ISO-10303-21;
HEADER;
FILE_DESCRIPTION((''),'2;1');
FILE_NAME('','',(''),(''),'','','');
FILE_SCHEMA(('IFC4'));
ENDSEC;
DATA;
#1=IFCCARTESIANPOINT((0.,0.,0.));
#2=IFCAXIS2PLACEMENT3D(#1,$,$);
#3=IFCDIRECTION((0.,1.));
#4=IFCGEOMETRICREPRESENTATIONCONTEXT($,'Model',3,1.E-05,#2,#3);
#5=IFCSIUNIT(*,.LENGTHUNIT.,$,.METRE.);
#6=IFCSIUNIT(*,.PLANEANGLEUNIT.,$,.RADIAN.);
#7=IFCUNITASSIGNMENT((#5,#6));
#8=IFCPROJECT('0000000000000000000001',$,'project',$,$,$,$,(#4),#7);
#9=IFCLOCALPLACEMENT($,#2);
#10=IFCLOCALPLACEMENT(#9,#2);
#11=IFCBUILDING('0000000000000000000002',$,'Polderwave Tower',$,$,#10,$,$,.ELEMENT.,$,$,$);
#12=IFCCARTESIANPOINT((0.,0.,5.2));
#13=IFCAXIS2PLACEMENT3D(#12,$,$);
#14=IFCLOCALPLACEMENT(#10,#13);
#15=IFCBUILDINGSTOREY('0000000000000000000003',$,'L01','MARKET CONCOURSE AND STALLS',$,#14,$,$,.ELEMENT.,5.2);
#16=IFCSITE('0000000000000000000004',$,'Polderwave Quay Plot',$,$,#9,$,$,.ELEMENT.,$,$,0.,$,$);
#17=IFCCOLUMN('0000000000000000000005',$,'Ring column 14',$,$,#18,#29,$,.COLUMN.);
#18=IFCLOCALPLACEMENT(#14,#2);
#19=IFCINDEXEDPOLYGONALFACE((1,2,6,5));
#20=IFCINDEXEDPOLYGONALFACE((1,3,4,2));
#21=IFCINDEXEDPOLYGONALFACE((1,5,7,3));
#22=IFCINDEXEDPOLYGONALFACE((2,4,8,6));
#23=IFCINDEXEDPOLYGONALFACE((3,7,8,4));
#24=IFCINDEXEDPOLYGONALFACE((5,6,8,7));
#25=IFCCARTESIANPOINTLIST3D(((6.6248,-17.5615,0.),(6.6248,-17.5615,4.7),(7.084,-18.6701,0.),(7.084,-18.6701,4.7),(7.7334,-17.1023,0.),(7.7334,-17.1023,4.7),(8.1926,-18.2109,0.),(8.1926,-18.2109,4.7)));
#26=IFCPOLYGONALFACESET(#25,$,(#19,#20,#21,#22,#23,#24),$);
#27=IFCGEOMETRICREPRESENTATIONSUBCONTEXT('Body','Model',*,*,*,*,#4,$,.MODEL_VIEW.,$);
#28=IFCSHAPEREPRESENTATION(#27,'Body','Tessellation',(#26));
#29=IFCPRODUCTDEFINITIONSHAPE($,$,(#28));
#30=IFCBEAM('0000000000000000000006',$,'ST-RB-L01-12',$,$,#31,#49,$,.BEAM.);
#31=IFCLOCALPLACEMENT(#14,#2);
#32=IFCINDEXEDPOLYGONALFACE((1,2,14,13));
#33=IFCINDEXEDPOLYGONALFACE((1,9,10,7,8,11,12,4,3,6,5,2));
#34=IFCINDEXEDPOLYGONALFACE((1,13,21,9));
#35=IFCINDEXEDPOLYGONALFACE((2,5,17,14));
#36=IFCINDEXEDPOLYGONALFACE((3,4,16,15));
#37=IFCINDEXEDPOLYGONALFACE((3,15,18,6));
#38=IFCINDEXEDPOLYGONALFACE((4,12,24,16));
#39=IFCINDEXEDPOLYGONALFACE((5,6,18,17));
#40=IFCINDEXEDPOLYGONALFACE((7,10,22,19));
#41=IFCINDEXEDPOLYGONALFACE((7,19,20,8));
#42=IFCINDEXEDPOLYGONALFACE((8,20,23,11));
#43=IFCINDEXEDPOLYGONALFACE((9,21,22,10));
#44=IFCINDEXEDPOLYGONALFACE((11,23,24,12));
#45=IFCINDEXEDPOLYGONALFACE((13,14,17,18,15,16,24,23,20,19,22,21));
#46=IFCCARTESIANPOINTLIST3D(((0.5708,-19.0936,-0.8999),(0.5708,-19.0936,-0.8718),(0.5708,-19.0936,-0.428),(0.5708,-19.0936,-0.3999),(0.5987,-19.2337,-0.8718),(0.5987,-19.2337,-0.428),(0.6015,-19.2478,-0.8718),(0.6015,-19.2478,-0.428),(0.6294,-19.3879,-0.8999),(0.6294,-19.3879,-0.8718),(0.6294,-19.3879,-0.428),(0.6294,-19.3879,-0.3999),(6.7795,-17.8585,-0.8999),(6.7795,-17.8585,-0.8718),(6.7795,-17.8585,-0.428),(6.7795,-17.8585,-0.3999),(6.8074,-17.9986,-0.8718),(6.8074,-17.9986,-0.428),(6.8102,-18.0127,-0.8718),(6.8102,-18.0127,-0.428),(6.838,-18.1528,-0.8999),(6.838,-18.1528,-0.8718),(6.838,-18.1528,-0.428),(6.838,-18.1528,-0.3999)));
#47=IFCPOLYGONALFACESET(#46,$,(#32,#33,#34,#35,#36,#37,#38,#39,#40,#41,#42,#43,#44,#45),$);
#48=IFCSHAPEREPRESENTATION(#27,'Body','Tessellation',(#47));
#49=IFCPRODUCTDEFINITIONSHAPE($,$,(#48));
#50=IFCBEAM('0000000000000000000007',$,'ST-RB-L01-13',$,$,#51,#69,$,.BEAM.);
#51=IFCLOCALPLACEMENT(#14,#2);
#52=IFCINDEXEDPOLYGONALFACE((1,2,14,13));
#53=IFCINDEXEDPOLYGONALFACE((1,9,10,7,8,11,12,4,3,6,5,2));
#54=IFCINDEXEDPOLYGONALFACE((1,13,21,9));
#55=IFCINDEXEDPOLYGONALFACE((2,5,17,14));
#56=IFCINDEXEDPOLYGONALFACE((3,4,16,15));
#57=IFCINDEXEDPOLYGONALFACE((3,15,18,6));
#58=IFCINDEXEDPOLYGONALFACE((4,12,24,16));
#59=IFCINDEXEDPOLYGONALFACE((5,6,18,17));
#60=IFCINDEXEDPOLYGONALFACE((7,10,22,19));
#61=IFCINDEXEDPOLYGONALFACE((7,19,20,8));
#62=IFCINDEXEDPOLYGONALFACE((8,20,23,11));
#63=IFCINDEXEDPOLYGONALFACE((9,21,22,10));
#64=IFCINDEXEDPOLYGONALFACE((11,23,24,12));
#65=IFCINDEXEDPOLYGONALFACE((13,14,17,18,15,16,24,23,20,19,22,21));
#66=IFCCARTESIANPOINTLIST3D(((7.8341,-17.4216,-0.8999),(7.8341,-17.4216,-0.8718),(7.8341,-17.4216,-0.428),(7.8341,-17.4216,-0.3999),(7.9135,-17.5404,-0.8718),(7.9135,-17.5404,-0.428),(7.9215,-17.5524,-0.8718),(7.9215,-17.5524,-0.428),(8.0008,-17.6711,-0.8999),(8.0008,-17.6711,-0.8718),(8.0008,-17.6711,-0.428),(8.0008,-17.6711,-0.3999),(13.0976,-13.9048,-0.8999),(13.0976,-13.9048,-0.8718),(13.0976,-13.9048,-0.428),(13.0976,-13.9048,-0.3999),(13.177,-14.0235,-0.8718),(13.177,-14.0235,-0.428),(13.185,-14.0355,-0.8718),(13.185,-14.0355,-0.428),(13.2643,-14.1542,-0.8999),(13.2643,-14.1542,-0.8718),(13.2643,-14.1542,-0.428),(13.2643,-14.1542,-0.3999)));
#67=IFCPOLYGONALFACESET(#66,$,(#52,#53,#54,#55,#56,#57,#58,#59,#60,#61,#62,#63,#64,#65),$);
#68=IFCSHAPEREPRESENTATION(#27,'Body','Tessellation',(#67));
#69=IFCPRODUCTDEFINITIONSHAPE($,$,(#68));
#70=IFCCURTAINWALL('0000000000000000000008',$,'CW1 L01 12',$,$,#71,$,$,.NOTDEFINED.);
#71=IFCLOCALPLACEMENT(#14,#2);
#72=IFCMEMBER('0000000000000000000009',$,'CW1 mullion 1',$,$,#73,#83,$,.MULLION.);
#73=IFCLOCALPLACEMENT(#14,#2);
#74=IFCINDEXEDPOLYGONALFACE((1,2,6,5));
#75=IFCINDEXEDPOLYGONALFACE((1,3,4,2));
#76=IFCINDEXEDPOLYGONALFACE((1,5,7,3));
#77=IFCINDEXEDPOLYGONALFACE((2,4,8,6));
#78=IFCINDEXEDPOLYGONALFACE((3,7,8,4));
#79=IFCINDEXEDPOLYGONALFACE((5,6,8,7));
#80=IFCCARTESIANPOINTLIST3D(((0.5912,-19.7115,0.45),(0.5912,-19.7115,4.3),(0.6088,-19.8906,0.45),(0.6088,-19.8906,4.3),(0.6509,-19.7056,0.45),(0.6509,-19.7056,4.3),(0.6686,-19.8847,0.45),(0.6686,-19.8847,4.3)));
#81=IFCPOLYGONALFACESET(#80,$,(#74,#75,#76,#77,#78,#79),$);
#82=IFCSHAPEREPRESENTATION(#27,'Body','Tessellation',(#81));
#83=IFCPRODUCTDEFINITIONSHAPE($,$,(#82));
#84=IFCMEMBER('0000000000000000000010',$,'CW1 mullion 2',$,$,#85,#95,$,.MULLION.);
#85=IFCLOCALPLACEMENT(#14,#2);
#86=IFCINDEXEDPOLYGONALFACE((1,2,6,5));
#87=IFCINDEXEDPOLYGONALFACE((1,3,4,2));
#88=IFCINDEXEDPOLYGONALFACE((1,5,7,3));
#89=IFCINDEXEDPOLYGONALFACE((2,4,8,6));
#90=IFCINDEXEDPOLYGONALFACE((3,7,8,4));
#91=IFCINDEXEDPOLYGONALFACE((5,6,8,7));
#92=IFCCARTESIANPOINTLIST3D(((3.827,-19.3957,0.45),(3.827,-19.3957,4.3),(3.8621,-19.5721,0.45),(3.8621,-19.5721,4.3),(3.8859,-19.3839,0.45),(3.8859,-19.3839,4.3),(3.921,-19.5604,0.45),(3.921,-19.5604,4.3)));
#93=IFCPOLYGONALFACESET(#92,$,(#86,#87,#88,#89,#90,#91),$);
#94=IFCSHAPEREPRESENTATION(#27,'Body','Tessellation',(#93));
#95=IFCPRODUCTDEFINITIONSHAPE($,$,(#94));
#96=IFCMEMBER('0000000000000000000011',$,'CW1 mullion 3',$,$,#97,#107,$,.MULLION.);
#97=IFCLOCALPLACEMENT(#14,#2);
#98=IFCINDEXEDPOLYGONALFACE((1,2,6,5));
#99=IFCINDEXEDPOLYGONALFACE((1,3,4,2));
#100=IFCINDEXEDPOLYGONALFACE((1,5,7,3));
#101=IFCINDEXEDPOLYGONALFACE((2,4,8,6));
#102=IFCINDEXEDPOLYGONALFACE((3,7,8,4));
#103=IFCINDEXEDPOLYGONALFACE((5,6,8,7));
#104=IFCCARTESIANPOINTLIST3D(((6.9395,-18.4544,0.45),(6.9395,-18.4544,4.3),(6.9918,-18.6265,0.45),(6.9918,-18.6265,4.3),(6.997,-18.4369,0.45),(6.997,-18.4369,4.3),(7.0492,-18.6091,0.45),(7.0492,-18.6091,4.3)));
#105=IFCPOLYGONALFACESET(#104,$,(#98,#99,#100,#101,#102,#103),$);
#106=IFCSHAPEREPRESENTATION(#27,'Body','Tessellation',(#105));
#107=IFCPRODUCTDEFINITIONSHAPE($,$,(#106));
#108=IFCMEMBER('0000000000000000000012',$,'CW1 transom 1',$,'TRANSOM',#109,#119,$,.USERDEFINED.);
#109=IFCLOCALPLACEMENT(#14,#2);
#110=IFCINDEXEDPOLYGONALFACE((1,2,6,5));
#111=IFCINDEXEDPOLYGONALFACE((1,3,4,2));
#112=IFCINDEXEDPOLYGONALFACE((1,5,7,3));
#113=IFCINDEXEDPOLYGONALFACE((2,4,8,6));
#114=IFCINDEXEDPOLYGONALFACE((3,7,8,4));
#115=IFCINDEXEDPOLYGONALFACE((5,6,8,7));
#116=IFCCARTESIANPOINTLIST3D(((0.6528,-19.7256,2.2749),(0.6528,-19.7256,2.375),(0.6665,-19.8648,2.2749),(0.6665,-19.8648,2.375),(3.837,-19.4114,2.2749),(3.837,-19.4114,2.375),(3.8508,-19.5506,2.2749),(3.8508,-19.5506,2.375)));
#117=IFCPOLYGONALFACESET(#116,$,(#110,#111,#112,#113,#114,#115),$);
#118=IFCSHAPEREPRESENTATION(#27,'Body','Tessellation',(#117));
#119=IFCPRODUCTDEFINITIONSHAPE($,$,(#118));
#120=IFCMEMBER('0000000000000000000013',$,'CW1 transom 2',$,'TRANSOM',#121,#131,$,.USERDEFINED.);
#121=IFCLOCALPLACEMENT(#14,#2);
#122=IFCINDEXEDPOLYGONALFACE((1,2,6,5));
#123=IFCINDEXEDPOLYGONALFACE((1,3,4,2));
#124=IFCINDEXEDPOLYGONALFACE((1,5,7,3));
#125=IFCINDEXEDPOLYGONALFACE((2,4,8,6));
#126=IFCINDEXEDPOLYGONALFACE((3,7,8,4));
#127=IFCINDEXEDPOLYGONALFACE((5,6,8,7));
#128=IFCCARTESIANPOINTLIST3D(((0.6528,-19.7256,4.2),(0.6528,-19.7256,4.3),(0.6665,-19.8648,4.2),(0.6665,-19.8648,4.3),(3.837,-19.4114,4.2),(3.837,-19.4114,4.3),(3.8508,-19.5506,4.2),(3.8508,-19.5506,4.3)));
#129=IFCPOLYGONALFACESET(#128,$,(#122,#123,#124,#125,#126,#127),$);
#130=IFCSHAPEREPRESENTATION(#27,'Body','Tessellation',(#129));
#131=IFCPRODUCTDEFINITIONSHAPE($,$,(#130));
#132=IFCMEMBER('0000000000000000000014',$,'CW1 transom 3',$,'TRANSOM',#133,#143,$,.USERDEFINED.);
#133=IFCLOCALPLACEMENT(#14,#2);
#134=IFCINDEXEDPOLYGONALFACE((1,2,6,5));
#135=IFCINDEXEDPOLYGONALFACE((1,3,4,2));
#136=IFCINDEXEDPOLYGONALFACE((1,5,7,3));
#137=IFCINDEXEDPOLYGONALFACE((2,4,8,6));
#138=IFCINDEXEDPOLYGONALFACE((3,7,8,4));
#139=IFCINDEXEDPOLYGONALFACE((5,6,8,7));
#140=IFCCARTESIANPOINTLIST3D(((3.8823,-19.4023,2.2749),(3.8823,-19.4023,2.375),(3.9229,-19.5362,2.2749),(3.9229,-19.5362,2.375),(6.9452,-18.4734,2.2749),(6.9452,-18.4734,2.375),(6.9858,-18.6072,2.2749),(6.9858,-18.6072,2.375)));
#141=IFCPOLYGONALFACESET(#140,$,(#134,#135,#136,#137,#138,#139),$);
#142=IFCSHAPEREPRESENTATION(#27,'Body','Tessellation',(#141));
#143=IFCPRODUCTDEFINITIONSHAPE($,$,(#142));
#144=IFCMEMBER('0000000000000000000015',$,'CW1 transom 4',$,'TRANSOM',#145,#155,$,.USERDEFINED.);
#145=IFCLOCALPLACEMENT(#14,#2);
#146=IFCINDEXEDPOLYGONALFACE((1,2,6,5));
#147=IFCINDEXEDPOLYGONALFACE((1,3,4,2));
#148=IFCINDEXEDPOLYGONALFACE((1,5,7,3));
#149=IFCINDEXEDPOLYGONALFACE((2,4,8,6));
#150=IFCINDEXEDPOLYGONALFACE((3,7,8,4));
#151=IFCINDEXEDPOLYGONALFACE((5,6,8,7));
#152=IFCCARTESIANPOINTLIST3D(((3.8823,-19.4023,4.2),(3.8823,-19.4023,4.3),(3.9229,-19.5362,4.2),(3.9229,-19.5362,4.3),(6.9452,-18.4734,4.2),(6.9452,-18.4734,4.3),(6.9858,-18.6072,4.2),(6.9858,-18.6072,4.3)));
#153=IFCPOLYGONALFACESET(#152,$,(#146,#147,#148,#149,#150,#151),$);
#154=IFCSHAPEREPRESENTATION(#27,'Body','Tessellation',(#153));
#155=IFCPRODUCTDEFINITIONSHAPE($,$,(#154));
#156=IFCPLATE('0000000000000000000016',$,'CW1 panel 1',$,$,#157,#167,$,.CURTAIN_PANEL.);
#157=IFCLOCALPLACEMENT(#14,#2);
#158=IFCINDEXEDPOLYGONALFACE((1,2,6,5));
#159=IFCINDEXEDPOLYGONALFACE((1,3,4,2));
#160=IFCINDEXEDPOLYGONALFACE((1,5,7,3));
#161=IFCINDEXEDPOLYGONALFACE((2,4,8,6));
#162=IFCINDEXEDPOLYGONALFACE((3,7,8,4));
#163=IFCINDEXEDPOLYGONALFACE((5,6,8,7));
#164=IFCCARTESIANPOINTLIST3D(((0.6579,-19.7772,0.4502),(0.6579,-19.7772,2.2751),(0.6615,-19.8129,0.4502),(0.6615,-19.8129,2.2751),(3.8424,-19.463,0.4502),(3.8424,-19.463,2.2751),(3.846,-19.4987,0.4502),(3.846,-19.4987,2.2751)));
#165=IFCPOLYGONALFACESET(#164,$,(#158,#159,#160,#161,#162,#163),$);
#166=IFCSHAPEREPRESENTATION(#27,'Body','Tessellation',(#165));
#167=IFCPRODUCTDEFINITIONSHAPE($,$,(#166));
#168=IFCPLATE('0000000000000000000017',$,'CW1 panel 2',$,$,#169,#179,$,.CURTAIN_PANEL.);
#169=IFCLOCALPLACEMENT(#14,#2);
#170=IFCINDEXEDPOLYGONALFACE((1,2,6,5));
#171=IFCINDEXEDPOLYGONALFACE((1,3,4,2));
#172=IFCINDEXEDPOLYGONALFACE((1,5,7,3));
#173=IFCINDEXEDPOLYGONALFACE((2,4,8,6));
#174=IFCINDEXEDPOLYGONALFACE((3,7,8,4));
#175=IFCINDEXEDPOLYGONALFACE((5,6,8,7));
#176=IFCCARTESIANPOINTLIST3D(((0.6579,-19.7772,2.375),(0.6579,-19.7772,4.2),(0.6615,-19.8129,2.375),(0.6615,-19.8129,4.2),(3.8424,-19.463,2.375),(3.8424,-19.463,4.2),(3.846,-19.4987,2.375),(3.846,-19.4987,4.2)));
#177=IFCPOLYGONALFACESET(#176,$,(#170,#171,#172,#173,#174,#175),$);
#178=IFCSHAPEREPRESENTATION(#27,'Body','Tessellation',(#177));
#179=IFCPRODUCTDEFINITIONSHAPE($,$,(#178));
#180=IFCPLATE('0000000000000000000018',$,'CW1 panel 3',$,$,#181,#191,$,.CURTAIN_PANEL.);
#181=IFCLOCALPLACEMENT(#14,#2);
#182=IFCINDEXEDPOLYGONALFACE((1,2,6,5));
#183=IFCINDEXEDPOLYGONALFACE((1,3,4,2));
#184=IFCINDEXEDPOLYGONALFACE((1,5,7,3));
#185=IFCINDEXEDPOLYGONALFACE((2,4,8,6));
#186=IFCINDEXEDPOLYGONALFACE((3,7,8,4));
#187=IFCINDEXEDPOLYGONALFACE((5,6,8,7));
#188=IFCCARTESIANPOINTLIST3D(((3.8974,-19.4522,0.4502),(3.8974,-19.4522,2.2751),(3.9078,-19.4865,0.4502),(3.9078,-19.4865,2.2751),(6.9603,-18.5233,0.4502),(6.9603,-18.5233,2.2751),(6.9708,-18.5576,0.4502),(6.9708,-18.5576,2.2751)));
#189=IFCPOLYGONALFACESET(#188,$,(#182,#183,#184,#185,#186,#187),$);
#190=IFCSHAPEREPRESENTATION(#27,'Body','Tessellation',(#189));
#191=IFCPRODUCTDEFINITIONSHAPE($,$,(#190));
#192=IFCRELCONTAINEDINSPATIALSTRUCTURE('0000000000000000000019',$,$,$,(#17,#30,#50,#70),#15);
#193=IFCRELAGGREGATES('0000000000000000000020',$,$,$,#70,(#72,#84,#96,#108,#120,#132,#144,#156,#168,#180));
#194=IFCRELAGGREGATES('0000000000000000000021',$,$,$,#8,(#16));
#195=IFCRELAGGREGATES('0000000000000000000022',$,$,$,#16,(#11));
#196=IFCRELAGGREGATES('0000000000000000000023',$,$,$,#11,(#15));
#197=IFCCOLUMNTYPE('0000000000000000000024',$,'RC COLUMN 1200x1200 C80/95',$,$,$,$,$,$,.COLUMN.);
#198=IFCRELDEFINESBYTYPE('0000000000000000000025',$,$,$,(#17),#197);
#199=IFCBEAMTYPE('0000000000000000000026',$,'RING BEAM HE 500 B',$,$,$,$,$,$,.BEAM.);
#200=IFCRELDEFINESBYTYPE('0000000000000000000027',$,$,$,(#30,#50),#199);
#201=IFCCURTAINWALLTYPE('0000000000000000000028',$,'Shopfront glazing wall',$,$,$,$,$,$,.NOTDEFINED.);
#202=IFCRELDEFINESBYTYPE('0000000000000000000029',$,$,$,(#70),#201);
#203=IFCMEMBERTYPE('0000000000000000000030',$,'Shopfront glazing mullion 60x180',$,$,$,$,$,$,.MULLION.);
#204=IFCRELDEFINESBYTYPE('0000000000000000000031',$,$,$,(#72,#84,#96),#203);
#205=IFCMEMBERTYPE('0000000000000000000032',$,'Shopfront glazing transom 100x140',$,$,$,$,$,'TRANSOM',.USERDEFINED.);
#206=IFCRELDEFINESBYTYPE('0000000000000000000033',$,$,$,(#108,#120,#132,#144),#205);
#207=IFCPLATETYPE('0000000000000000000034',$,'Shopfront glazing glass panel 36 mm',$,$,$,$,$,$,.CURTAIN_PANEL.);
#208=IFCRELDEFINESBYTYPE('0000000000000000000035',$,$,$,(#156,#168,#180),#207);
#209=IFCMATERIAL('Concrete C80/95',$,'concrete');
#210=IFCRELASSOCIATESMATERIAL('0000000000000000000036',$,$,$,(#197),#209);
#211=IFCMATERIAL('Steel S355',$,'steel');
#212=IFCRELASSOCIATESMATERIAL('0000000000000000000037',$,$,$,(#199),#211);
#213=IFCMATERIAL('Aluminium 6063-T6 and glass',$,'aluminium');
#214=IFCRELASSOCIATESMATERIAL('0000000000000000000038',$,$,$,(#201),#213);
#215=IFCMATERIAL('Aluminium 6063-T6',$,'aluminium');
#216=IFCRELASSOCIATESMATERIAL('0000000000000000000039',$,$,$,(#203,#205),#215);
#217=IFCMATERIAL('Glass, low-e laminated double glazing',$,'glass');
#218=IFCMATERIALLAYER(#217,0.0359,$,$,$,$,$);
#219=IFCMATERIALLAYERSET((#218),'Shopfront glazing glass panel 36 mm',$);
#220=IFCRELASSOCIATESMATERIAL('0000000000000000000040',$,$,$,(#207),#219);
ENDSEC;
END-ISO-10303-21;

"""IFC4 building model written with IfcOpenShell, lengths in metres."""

from ifc_helpers import new_model, si_unit, direction, frame, origin, origin_2d, place, context, subcontext, project, spatial, rectangle, i_section, extrude, material, layer, layer_set, material_profile, profile_set, type_object, element, aggregate, save


model = new_model("IFC4")

# Units and contexts
model_context = context("Model", 3, precision=1e-05, world=origin(), true_north=direction((0.0, 1.0)))
body_context = subcontext(model_context, "Body", "Model", "MODEL_VIEW")
ifc_project = project(units=[si_unit("LENGTHUNIT", "METRE"), si_unit("PLANEANGLEUNIT", "RADIAN")], contexts=[model_context])

# Site, building, storey
site_placement = place(None, origin())
site = spatial("IfcSite", under=ifc_project, at=site_placement, Name="Polderwave Quay Plot", CompositionType="ELEMENT", RefElevation=0.0)
building_placement = place(site_placement, origin())
building = spatial("IfcBuilding", under=site, at=building_placement, Name="Polderwave Tower", CompositionType="ELEMENT")
storey_placement = place(building_placement, frame((0.0, 0.0, 5.2)))
storey = spatial("IfcBuildingStorey", under=building, at=storey_placement, Name="L01", Description="MARKET CONCOURSE AND STALLS", CompositionType="ELEMENT", Elevation=5.2)

# Column
ifc_material_1 = material(Name="Concrete C80/95", Category="concrete")
ifc_material_profile_1 = material_profile(ifc_material_1, rectangle(XDim=1.2, YDim=1.2, at=origin_2d()), Name="RC 1200x1200")
ifc_profile_set_1 = profile_set([ifc_material_profile_1], Name="Concrete C80/95")
column_type = type_object("IfcColumnType", Name="RC COLUMN 1200x1200 C80/95", PredefinedType="COLUMN", material=ifc_profile_set_1)
column_placement = place(storey_placement, frame((7.4087, -17.8862, 0.0), z_axis=(0.0, 0.0, 1.0), x_axis=(0.382683, -0.92388, 0.0)))
element("IfcColumn", 1, at=column_placement, inside=storey, type_object=column_type, Name="Ring column 14", PredefinedType="COLUMN", context=body_context, shape_type="SweptSolid", body=[
    extrude(rectangle(XDim=1.2, YDim=1.2, at=origin_2d()), origin(), (0.0, 0.0, 1.0), 4.7),
])

# Beams
ifc_material_2 = material(Name="Steel S355", Category="steel")
ifc_material_profile_2 = material_profile(ifc_material_2, i_section(OverallWidth=0.3, OverallDepth=0.5, WebThickness=0.0144, FlangeThickness=0.0281, at=origin_2d()), Name="HE 500 B")
ifc_profile_set_2 = profile_set([ifc_material_profile_2], Name="Steel S355")
beam_type = type_object("IfcBeamType", Name="RING BEAM HE 500 B", PredefinedType="BEAM", material=ifc_profile_set_2)
for number, where, z_axis, x_axis, name in (
    (2, (0.6001, -19.2407, -0.6499), (0.980782, 0.195107, 0.0), (-0.195107, 0.980782, 0.0), "ST-RB-L01-12"),
    (3, (7.9175, -17.5464, -0.6499), (0.831474, 0.555563, 0.0), (-0.555563, 0.831474, 0.0), "ST-RB-L01-13"),
):
    element("IfcBeam", number, at=place(storey_placement, frame(where, z_axis=z_axis, x_axis=x_axis)), inside=storey, type_object=beam_type, Name=name, PredefinedType="BEAM", context=body_context, shape_type="SweptSolid", body=[
        extrude(i_section(OverallWidth=0.3, OverallDepth=0.5, WebThickness=0.0144, FlangeThickness=0.0281, at=origin_2d()), origin(), (0.0, 0.0, 1.0), 6.3303),
    ])

# Curtain wall, members, plates
ifc_material_3 = material(Name="Aluminium 6063-T6 and glass", Category="aluminium")
curtain_wall_type = type_object("IfcCurtainWallType", Name="Shopfront glazing wall", PredefinedType="NOTDEFINED", material=ifc_material_3)
curtain_wall_placement = place(storey_placement, origin())
curtain_wall = element("IfcCurtainWall", 4, at=curtain_wall_placement, inside=storey, type_object=curtain_wall_type, Name="CW1 L01 12", PredefinedType="NOTDEFINED")
ifc_material_4 = material(Name="Aluminium 6063-T6", Category="aluminium")
ifc_material_profile_3 = material_profile(ifc_material_4, rectangle(XDim=0.1799, YDim=0.0601, at=origin_2d()), Name="AL 60x180")
ifc_profile_set_3 = profile_set([ifc_material_profile_3], Name="Aluminium 6063-T6")
member_type_1 = type_object("IfcMemberType", Name="Shopfront glazing mullion 60x180", PredefinedType="MULLION", material=ifc_profile_set_3)
member_1_placement = place(storey_placement, frame((0.6299, -19.7981, 0.45), z_axis=(0.0, 0.0, 1.0), x_axis=(-0.098179, 0.995169, 0.0)))
member_1 = element("IfcMember", 5, at=member_1_placement, type_object=member_type_1, Name="CW1 mullion 1", PredefinedType="MULLION", context=body_context, shape_type="SweptSolid", body=[
    extrude(rectangle(XDim=0.1799, YDim=0.0601, at=origin_2d()), origin(), (0.0, 0.0, 1.0), 3.8501),
])
member_2_placement = place(storey_placement, frame((3.874, -19.478, 0.45), z_axis=(0.0, 0.0, 1.0), x_axis=(-0.195137, 0.980776, 0.0)))
member_2 = element("IfcMember", 6, at=member_2_placement, type_object=member_type_1, Name="CW1 mullion 2", PredefinedType="MULLION", context=body_context, shape_type="SweptSolid", body=[
    extrude(rectangle(XDim=0.1799, YDim=0.0601, at=origin_2d()), origin(), (0.0, 0.0, 1.0), 3.8501),
])
member_3_placement = place(storey_placement, frame((6.9944, -18.5317, 0.45), z_axis=(0.0, 0.0, 1.0), x_axis=(-0.290218, 0.956961, 0.0)))
member_3 = element("IfcMember", 7, at=member_3_placement, type_object=member_type_1, Name="CW1 mullion 3", PredefinedType="MULLION", context=body_context, shape_type="SweptSolid", body=[
    extrude(rectangle(XDim=0.1799, YDim=0.0601, at=origin_2d()), origin(), (0.0, 0.0, 1.0), 3.8501),
])
ifc_material_profile_4 = material_profile(ifc_material_4, rectangle(XDim=0.1399, YDim=0.1001, at=origin_2d()), Name="AL 100x140")
ifc_profile_set_4 = profile_set([ifc_material_profile_4], Name="Aluminium 6063-T6")
member_type_2 = type_object("IfcMemberType", Name="Shopfront glazing transom 100x140", ElementType="TRANSOM", PredefinedType="USERDEFINED", material=ifc_profile_set_4)
member_4_placement = place(storey_placement, frame((0.6597, -19.7952, 2.325), z_axis=(0.995167, 0.098197, 0.0), x_axis=(-0.098197, 0.995167, 0.0)))
member_4 = element("IfcMember", 8, at=member_4_placement, type_object=member_type_2, Name="CW1 transom 1", ObjectType="TRANSOM", PredefinedType="USERDEFINED", context=body_context, shape_type="SweptSolid", body=[
    extrude(rectangle(XDim=0.1399, YDim=0.1001, at=origin_2d()), origin(), (0.0, 0.0, 1.0), 3.1997),
])
member_5_placement = place(storey_placement, frame((0.6597, -19.7952, 4.25), z_axis=(0.995167, 0.098197, 0.0), x_axis=(-0.098197, 0.995167, 0.0)))
member_5 = element("IfcMember", 9, at=member_5_placement, type_object=member_type_2, Name="CW1 transom 2", ObjectType="TRANSOM", PredefinedType="USERDEFINED", context=body_context, shape_type="SweptSolid", body=[
    extrude(rectangle(XDim=0.1399, YDim=0.1001, at=origin_2d()), origin(), (0.0, 0.0, 1.0), 3.1997),
])
member_6_placement = place(storey_placement, frame((3.9026, -19.4692, 2.325), z_axis=(0.956957, 0.29023, 0.0), x_axis=(-0.29023, 0.956957, 0.0)))
member_6 = element("IfcMember", 10, at=member_6_placement, type_object=member_type_2, Name="CW1 transom 3", ObjectType="TRANSOM", PredefinedType="USERDEFINED", context=body_context, shape_type="SweptSolid", body=[
    extrude(rectangle(XDim=0.1399, YDim=0.1001, at=origin_2d()), origin(), (0.0, 0.0, 1.0), 3.2007),
])
member_7_placement = place(storey_placement, frame((3.9026, -19.4692, 4.25), z_axis=(0.956957, 0.29023, 0.0), x_axis=(-0.29023, 0.956957, 0.0)))
member_7 = element("IfcMember", 11, at=member_7_placement, type_object=member_type_2, Name="CW1 transom 4", ObjectType="TRANSOM", PredefinedType="USERDEFINED", context=body_context, shape_type="SweptSolid", body=[
    extrude(rectangle(XDim=0.1399, YDim=0.1001, at=origin_2d()), origin(), (0.0, 0.0, 1.0), 3.2007),
])
ifc_material_5 = material(Name="Glass, low-e laminated double glazing", Category="glass")
ifc_layer_1 = layer(ifc_material_5, 0.0359)
ifc_layer_set_1 = layer_set([ifc_layer_1], Name="Shopfront glazing glass panel 36 mm")
plate_type = type_object("IfcPlateType", Name="Shopfront glazing glass panel 36 mm", PredefinedType="CURTAIN_PANEL", material=ifc_layer_set_1)
plate_1_placement = place(storey_placement, frame((2.252, -19.6379, 0.4502), z_axis=(0.0, 0.0, 1.0), x_axis=(0.995169, 0.098179, 0.0)))
plate_1 = element("IfcPlate", 12, at=plate_1_placement, type_object=plate_type, Name="CW1 panel 1", PredefinedType="CURTAIN_PANEL", context=body_context, shape_type="SweptSolid", body=[
    extrude(rectangle(XDim=3.2, YDim=0.0359, at=origin_2d()), origin(), (0.0, 0.0, 1.0), 1.825),
])
plate_2_placement = place(storey_placement, frame((2.252, -19.6379, 2.375), z_axis=(0.0, 0.0, 1.0), x_axis=(0.995169, 0.098179, 0.0)))
plate_2 = element("IfcPlate", 13, at=plate_2_placement, type_object=plate_type, Name="CW1 panel 2", PredefinedType="CURTAIN_PANEL", context=body_context, shape_type="SweptSolid", body=[
    extrude(rectangle(XDim=3.2, YDim=0.0359, at=origin_2d()), origin(), (0.0, 0.0, 1.0), 1.825),
])
plate_3_placement = place(storey_placement, frame((5.4341, -19.0049, 0.4502), z_axis=(0.0, 0.0, 1.0), x_axis=(0.956961, 0.290218, 0.0)))
plate_3 = element("IfcPlate", 14, at=plate_3_placement, type_object=plate_type, Name="CW1 panel 3", PredefinedType="CURTAIN_PANEL", context=body_context, shape_type="SweptSolid", body=[
    extrude(rectangle(XDim=3.2007, YDim=0.0359, at=origin_2d()), origin(), (0.0, 0.0, 1.0), 1.825),
])
aggregate(curtain_wall, [member_1, member_2, member_3, member_4, member_5, member_6, member_7, plate_1, plate_2, plate_3])

save(model, "model.ifc")
